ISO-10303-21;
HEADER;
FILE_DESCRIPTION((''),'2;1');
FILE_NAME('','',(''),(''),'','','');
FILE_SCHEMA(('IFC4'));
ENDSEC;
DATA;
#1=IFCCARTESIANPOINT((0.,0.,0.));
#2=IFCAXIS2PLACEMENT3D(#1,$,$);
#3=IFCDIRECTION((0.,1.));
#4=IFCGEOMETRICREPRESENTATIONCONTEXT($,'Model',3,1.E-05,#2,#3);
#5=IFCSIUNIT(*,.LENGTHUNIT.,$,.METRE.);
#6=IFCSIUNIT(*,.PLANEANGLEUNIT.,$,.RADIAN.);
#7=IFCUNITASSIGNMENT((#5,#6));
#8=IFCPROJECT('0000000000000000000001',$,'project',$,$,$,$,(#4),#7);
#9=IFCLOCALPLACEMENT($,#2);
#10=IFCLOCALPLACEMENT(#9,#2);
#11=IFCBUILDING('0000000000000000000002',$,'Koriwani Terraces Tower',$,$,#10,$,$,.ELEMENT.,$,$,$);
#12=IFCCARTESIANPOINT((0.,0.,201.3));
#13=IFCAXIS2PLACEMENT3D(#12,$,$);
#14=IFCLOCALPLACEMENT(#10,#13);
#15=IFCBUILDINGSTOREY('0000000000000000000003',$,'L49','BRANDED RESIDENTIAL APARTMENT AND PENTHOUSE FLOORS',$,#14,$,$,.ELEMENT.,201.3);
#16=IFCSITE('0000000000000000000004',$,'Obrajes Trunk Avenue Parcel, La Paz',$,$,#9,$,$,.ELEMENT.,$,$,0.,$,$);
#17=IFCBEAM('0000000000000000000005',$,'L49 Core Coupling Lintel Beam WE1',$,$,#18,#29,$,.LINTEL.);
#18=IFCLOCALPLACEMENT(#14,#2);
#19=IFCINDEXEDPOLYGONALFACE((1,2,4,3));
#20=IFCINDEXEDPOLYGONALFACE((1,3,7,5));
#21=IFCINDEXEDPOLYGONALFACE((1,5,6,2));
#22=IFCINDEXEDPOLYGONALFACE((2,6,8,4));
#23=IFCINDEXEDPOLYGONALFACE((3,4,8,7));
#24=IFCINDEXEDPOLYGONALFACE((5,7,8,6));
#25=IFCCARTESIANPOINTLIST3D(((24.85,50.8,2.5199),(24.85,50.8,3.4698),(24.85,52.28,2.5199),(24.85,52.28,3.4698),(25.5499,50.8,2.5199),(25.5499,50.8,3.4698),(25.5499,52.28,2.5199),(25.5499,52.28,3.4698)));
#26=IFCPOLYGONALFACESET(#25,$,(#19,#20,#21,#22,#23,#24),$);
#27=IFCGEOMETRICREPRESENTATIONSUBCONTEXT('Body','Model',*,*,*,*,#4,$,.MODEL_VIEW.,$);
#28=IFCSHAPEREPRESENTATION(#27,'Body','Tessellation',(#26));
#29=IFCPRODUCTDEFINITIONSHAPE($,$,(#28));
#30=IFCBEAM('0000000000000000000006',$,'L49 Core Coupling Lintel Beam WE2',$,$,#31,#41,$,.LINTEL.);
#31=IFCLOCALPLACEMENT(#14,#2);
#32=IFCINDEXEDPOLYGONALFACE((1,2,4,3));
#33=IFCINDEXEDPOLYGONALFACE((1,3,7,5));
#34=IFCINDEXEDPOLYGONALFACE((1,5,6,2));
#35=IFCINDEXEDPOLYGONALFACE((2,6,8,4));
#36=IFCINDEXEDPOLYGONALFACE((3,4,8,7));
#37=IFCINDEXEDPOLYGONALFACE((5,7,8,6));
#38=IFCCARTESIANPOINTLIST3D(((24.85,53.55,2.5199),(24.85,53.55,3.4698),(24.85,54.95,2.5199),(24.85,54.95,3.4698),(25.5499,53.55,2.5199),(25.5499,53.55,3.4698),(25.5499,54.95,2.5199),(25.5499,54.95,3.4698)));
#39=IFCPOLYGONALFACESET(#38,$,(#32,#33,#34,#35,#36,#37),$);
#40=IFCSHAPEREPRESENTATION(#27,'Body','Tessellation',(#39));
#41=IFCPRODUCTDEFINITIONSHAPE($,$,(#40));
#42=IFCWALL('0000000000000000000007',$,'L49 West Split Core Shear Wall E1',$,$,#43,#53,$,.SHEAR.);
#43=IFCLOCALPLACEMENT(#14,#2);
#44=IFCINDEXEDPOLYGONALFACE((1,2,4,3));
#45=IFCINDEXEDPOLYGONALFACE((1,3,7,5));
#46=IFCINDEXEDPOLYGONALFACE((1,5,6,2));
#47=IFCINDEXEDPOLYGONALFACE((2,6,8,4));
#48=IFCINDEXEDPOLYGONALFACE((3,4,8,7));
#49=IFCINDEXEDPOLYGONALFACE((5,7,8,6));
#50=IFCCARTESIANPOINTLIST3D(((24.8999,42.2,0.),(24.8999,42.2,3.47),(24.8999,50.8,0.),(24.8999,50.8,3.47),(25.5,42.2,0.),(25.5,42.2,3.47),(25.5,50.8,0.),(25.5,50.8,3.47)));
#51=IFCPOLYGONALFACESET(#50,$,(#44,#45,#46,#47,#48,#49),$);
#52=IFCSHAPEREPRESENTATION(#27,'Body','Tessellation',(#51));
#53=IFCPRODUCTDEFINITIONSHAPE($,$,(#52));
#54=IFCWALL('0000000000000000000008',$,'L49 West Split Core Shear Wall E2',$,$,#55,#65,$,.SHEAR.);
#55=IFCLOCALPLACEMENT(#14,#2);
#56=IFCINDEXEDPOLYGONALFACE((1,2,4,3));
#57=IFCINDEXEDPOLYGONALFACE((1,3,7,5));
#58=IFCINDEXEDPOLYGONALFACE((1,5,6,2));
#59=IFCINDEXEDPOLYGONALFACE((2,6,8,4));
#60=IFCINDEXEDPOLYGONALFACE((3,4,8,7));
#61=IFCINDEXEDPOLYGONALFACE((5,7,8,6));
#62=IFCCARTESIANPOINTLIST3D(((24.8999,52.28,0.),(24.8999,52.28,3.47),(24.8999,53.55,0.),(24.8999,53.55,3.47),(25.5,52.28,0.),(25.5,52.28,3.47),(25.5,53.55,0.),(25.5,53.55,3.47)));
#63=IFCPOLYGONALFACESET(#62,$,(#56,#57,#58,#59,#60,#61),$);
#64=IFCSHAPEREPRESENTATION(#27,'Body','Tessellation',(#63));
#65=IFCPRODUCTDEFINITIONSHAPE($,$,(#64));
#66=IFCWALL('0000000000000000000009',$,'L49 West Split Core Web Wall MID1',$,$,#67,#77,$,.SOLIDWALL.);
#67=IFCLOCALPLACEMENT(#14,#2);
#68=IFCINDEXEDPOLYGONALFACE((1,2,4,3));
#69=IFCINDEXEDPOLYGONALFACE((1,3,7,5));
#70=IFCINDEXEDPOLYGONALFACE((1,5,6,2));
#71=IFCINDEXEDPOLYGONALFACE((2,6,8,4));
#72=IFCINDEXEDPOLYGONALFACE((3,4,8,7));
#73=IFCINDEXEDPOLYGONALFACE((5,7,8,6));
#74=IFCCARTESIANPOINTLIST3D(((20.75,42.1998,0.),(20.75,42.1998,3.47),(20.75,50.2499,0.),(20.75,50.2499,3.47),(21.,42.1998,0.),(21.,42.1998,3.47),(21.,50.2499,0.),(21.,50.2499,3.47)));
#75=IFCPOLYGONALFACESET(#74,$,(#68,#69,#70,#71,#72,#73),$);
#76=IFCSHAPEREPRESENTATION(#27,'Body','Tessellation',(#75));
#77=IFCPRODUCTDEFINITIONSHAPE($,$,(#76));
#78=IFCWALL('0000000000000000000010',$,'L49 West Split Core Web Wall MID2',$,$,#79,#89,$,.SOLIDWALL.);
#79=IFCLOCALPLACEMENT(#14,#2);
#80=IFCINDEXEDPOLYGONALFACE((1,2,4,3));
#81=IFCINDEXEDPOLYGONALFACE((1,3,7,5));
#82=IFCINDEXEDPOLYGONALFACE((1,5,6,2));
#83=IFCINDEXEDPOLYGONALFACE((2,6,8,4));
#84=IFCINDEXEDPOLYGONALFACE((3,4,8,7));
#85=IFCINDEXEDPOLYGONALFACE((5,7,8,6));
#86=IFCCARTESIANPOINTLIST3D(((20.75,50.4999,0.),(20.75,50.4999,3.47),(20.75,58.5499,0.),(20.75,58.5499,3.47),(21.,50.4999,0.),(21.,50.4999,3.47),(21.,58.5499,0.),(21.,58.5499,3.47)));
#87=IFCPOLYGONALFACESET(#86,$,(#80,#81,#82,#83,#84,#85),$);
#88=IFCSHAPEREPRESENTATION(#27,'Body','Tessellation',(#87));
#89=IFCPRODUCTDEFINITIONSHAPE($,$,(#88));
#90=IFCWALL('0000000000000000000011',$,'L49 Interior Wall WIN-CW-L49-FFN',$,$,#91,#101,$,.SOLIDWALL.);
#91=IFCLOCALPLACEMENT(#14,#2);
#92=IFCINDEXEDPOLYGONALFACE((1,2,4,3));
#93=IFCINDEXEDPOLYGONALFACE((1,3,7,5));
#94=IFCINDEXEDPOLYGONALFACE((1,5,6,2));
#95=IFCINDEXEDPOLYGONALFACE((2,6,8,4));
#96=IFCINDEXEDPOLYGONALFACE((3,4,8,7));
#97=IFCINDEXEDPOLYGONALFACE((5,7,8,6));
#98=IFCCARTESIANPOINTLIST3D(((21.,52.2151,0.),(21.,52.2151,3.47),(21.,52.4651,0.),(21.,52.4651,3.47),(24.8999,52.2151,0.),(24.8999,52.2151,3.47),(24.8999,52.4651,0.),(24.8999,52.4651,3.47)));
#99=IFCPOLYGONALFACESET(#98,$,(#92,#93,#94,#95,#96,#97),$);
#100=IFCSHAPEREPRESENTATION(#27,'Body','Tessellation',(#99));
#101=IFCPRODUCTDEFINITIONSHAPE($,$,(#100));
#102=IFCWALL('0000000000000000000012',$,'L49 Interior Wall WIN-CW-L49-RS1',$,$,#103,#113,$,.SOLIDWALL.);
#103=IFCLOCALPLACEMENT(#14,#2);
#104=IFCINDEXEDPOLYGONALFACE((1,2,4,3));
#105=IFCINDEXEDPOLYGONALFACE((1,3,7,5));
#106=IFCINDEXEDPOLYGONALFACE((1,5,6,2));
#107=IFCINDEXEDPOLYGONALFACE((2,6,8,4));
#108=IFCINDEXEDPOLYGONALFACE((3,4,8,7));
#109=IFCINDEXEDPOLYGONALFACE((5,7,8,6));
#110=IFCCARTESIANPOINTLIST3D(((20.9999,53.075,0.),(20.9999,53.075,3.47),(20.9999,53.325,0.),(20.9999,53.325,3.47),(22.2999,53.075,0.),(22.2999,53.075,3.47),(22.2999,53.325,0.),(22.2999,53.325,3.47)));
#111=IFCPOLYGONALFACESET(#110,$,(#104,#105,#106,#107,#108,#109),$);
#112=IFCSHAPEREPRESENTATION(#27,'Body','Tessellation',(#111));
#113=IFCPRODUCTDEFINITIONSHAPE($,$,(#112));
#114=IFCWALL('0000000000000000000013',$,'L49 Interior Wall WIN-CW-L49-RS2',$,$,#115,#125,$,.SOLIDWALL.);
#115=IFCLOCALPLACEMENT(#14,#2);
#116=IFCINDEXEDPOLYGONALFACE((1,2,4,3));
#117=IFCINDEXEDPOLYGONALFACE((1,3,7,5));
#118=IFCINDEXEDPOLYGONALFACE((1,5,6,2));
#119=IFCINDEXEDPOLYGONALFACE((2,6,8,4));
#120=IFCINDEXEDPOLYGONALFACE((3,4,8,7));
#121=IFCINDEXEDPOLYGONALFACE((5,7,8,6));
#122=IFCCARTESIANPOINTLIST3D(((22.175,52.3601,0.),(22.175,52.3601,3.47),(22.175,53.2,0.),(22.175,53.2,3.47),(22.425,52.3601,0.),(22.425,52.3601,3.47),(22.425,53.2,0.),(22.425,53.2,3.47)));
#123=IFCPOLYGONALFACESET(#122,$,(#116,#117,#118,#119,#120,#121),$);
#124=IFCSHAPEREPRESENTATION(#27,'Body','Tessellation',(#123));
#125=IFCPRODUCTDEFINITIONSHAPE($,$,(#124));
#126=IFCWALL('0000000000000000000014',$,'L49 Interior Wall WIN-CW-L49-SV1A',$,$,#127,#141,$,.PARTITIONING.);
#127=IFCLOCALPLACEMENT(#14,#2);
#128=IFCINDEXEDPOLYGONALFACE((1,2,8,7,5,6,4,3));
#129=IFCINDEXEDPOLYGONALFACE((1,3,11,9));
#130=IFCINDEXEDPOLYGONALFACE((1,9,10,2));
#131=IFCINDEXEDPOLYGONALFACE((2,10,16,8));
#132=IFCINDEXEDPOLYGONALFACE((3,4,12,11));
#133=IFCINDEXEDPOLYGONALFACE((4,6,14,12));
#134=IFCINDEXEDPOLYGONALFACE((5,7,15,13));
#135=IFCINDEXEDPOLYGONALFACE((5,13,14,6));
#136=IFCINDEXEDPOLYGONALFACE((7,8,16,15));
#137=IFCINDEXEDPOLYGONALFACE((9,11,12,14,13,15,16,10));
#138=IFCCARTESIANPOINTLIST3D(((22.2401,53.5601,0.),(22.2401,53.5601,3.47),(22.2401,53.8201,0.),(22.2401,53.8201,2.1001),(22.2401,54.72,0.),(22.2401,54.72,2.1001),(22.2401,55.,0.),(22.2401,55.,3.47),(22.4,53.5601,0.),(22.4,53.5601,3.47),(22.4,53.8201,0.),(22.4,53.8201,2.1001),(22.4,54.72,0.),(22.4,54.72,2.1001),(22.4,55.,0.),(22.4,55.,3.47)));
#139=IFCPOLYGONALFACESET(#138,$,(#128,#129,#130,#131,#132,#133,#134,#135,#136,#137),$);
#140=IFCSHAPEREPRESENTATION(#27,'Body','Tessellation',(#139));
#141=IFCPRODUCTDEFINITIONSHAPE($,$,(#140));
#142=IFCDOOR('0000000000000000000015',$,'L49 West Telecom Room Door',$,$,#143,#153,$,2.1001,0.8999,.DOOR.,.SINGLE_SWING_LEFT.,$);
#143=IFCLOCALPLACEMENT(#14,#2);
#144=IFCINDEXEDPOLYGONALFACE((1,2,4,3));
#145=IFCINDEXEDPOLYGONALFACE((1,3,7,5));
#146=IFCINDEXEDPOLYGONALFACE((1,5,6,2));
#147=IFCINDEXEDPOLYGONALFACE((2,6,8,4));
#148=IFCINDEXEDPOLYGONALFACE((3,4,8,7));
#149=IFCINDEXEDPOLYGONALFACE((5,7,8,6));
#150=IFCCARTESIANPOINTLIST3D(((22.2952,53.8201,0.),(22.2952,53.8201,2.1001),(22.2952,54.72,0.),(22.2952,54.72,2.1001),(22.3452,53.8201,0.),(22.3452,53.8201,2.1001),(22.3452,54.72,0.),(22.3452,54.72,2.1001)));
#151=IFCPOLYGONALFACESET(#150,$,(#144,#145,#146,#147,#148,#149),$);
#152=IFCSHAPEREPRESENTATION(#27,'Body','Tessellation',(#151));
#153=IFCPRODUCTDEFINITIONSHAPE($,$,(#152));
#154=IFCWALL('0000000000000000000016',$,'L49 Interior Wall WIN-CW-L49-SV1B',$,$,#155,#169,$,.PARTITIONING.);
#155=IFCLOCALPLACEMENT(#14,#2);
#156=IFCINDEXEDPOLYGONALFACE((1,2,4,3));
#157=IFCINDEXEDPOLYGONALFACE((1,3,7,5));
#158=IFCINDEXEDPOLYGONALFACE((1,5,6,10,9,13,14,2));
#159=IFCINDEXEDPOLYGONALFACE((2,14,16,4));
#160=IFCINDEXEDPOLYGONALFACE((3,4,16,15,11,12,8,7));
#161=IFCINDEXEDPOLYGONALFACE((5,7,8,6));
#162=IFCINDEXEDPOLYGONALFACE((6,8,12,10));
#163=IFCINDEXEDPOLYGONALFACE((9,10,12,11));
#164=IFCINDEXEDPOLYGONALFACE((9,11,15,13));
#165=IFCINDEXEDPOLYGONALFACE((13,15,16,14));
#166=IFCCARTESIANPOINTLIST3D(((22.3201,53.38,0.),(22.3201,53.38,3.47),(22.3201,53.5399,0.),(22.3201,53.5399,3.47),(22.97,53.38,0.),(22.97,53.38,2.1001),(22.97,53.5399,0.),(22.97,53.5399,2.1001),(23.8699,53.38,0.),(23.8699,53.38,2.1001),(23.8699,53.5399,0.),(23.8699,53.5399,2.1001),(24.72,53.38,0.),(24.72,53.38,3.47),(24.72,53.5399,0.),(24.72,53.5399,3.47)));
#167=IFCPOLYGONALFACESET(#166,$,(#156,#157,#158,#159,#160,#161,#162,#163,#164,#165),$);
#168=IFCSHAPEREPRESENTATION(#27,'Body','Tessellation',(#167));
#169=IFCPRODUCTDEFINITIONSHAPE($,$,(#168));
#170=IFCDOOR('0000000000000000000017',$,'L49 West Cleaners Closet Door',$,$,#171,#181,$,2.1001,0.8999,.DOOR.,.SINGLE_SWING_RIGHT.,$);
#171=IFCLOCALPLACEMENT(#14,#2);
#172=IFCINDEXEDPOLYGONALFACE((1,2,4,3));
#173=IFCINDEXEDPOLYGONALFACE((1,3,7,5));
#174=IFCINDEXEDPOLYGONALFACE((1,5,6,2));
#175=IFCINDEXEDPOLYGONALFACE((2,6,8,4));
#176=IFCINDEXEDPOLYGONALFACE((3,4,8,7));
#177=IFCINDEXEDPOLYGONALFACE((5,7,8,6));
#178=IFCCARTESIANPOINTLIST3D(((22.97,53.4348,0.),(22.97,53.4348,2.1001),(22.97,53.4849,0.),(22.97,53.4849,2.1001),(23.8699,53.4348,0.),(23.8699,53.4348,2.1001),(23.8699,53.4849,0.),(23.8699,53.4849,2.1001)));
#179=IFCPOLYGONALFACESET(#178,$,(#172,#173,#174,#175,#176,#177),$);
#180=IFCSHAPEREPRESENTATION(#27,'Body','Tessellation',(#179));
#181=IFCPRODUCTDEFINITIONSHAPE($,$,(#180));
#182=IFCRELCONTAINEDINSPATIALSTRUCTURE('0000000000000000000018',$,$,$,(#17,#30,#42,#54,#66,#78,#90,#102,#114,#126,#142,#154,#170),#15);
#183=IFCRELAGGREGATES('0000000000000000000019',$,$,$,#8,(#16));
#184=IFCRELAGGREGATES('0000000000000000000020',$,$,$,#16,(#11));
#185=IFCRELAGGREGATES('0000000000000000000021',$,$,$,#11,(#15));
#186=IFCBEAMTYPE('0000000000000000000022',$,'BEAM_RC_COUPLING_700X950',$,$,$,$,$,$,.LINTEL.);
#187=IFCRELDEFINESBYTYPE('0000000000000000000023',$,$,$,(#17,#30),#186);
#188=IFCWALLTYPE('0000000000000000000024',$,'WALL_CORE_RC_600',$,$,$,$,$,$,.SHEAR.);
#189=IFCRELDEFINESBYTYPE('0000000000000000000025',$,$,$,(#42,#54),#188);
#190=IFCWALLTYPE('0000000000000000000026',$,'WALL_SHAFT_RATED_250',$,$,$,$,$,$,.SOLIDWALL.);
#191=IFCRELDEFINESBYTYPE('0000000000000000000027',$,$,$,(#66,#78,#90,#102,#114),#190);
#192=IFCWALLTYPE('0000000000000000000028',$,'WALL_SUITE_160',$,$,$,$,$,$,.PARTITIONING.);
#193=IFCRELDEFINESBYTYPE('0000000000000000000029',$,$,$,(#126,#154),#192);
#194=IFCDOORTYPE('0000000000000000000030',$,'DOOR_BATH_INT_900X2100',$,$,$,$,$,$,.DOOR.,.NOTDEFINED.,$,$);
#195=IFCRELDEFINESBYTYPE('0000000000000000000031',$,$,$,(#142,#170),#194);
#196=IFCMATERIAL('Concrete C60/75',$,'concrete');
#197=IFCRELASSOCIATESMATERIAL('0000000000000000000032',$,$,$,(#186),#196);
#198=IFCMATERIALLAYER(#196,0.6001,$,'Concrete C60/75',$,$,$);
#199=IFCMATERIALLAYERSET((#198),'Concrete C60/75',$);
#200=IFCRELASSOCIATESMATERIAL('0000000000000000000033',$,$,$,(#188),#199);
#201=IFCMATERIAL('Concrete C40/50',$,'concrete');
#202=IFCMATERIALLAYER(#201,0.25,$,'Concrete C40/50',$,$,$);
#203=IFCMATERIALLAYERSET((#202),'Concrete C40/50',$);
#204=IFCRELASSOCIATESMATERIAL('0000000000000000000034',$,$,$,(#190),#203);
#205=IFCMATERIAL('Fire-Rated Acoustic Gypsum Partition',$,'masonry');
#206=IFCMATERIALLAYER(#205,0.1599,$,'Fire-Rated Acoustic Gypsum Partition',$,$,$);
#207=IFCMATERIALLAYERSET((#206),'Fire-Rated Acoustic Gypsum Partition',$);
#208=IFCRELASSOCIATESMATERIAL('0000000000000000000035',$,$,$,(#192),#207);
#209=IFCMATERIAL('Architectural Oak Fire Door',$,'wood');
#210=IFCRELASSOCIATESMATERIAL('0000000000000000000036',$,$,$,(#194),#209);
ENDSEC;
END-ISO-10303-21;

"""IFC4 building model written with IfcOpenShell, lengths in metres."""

from ifc_helpers import new_model, si_unit, direction, frame, frame_2d, origin, origin_2d, place, context, subcontext, project, spatial, rectangle, extrude, material, layer, layer_set, material_profile, profile_set, type_object, element, fill, save


model = new_model("IFC4")

# Units and contexts
model_context = context("Model", 3, precision=1e-05, world=origin(), true_north=direction((0.0, 1.0)))
body_context = subcontext(model_context, "Body", "Model", "MODEL_VIEW")
ifc_project = project(units=[si_unit("LENGTHUNIT", "METRE"), si_unit("PLANEANGLEUNIT", "RADIAN")], contexts=[model_context])

# Site, building, storey
site_placement = place(None, origin())
site = spatial("IfcSite", under=ifc_project, at=site_placement, Name="Obrajes Trunk Avenue Parcel, La Paz", CompositionType="ELEMENT", RefElevation=0.0)
building_placement = place(site_placement, origin())
building = spatial("IfcBuilding", under=site, at=building_placement, Name="Koriwani Terraces Tower", CompositionType="ELEMENT")
storey_placement = place(building_placement, frame((0.0, 0.0, 201.3)))
storey = spatial("IfcBuildingStorey", under=building, at=storey_placement, Name="L49", Description="BRANDED RESIDENTIAL APARTMENT AND PENTHOUSE FLOORS", CompositionType="ELEMENT", Elevation=201.3)

# Beams
ifc_material_1 = material(Name="Concrete C60/75", Category="concrete")
ifc_material_profile = material_profile(ifc_material_1, rectangle(XDim=0.7, YDim=0.95, at=origin_2d()), Name="Concrete C60/75", Category="LoadBearing")
ifc_profile_set = profile_set([ifc_material_profile], Name="Concrete C60/75")
beam_type = type_object("IfcBeamType", Name="BEAM_RC_COUPLING_700X950", PredefinedType="LINTEL", material=ifc_profile_set)
beam_1_placement = place(storey_placement, frame((25.2, 50.8, 2.9949), z_axis=(0.0, 1.0, 0.0), x_axis=(-1.0, 0.0, 0.0)))
element("IfcBeam", 1, at=beam_1_placement, inside=storey, type_object=beam_type, Name="L49 Core Coupling Lintel Beam WE1", PredefinedType="LINTEL", context=body_context, shape_type="SweptSolid", body=[
    extrude(rectangle(XDim=0.7, YDim=0.95, at=origin_2d()), origin(), (0.0, 0.0, 1.0), 1.48),
])
beam_2_placement = place(storey_placement, frame((25.2, 53.55, 2.9949), z_axis=(0.0, 1.0, 0.0), x_axis=(-1.0, 0.0, 0.0)))
element("IfcBeam", 2, at=beam_2_placement, inside=storey, type_object=beam_type, Name="L49 Core Coupling Lintel Beam WE2", PredefinedType="LINTEL", context=body_context, shape_type="SweptSolid", body=[
    extrude(rectangle(XDim=0.7, YDim=0.95, at=origin_2d()), origin(), (0.0, 0.0, 1.0), 1.3999),
])

# Walls
ifc_layer_1 = layer(ifc_material_1, 0.6001, Name="Concrete C60/75")
ifc_layer_set_1 = layer_set([ifc_layer_1], Name="Concrete C60/75")
wall_type_1 = type_object("IfcWallType", Name="WALL_CORE_RC_600", PredefinedType="SHEAR", material=ifc_layer_set_1)
wall_1_placement = place(storey_placement, frame((25.2, 42.2, 0.0), z_axis=(0.0, 0.0, 1.0), x_axis=(0.0, 1.0, 0.0)))
element("IfcWall", 3, at=wall_1_placement, inside=storey, type_object=wall_type_1, Name="L49 West Split Core Shear Wall E1", PredefinedType="SHEAR", context=body_context, shape_type="SweptSolid", body=[
    extrude(rectangle(XDim=8.6001, YDim=0.6001, at=frame_2d((4.3, 0.0))), origin(), (0.0, 0.0, 1.0), 3.47),
])
wall_2_placement = place(storey_placement, frame((25.2, 52.28, 0.0), z_axis=(0.0, 0.0, 1.0), x_axis=(0.0, 1.0, 0.0)))
element("IfcWall", 4, at=wall_2_placement, inside=storey, type_object=wall_type_1, Name="L49 West Split Core Shear Wall E2", PredefinedType="SHEAR", context=body_context, shape_type="SweptSolid", body=[
    extrude(rectangle(XDim=1.27, YDim=0.6001, at=frame_2d((0.635, 0.0))), origin(), (0.0, 0.0, 1.0), 3.47),
])
ifc_material_2 = material(Name="Concrete C40/50", Category="concrete")
ifc_layer_2 = layer(ifc_material_2, 0.25, Name="Concrete C40/50")
ifc_layer_set_2 = layer_set([ifc_layer_2], Name="Concrete C40/50")
wall_type_2 = type_object("IfcWallType", Name="WALL_SHAFT_RATED_250", PredefinedType="SOLIDWALL", material=ifc_layer_set_2)
for number, where, z_axis, x_axis, name in (
    (5, (20.875, 42.2, 0.0), (0.0, 0.0, 1.0), (0.0, 1.0, 0.0), "L49 West Split Core Web Wall MID1"),
    (6, (20.875, 50.5, 0.0), (0.0, 0.0, 1.0), (0.0, 1.0, 0.0), "L49 West Split Core Web Wall MID2"),
):
    element("IfcWall", number, at=place(storey_placement, frame(where, z_axis=z_axis, x_axis=x_axis)), inside=storey, type_object=wall_type_2, Name=name, PredefinedType="SOLIDWALL", context=body_context, shape_type="SweptSolid", body=[
        extrude(rectangle(XDim=8.05, YDim=0.25, at=frame_2d((4.0249, 0.0))), origin(), (0.0, 0.0, 1.0), 3.47),
    ])

# Walls
wall_3_placement = place(storey_placement, frame((21.0, 52.3401, 0.0), z_axis=(0.0, 0.0, 1.0), x_axis=(1.0, 0.0, 0.0)))
element("IfcWall", 7, at=wall_3_placement, inside=storey, type_object=wall_type_2, Name="L49 Interior Wall WIN-CW-L49-FFN", PredefinedType="SOLIDWALL", context=body_context, shape_type="SweptSolid", body=[
    extrude(rectangle(XDim=3.8999, YDim=0.25, at=frame_2d((1.95, 0.0))), origin(), (0.0, 0.0, 1.0), 3.47),
])
wall_4_placement = place(storey_placement, frame((21.0, 53.2, 0.0), z_axis=(0.0, 0.0, 1.0), x_axis=(1.0, 0.0, 0.0)))
element("IfcWall", 8, at=wall_4_placement, inside=storey, type_object=wall_type_2, Name="L49 Interior Wall WIN-CW-L49-RS1", PredefinedType="SOLIDWALL", context=body_context, shape_type="SweptSolid", body=[
    extrude(rectangle(XDim=1.3, YDim=0.25, at=frame_2d((0.6499, 0.0))), origin(), (0.0, 0.0, 1.0), 3.47),
])
wall_5_placement = place(storey_placement, frame((22.3, 52.3601, 0.0), z_axis=(0.0, 0.0, 1.0), x_axis=(0.0, 1.0, 0.0)))
element("IfcWall", 9, at=wall_5_placement, inside=storey, type_object=wall_type_2, Name="L49 Interior Wall WIN-CW-L49-RS2", PredefinedType="SOLIDWALL", context=body_context, shape_type="SweptSolid", body=[
    extrude(rectangle(XDim=0.8398, YDim=0.25, at=frame_2d((0.4199, 0.0))), origin(), (0.0, 0.0, 1.0), 3.47),
])

# Walls, openings, doors
ifc_material_3 = material(Name="Fire-Rated Acoustic Gypsum Partition", Category="masonry")
ifc_layer_3 = layer(ifc_material_3, 0.1599, Name="Fire-Rated Acoustic Gypsum Partition")
ifc_layer_set_3 = layer_set([ifc_layer_3], Name="Fire-Rated Acoustic Gypsum Partition")
wall_type_3 = type_object("IfcWallType", Name="WALL_SUITE_160", PredefinedType="PARTITIONING", material=ifc_layer_set_3)
wall_6_placement = place(storey_placement, frame((22.3201, 53.5601, 0.0), z_axis=(0.0, 0.0, 1.0), x_axis=(0.0, 1.0, 0.0)))
wall_6 = element("IfcWall", 10, at=wall_6_placement, inside=storey, type_object=wall_type_3, Name="L49 Interior Wall WIN-CW-L49-SV1A", PredefinedType="PARTITIONING", context=body_context, shape_type="SweptSolid", body=[
    extrude(rectangle(XDim=1.4399, YDim=0.1599, at=frame_2d((0.72, 0.0))), origin(), (0.0, 0.0, 1.0), 3.47),
])
opening_1_placement = place(wall_6_placement, frame((0.26, 0.0, 0.0)))
opening_1 = element("IfcOpeningElement", 11, at=opening_1_placement, cuts=wall_6, PredefinedType="OPENING", context=body_context, shape_type="SweptSolid", body=[
    extrude(rectangle(XDim=0.8999, YDim=2.1001, at=frame_2d((0.45, 1.05))), frame((0.0, 0.0898, 0.0), z_axis=(0.0, -1.0, 0.0), x_axis=(1.0, 0.0, 0.0)), (0.0, 0.0, 1.0), 0.1799),
])
ifc_material_4 = material(Name="Architectural Oak Fire Door", Category="wood")
door_type_1 = type_object("IfcDoorType", Name="DOOR_BATH_INT_900X2100", OperationType="NOTDEFINED", PredefinedType="DOOR", material=ifc_material_4)
door_1_placement = place(opening_1_placement, origin())
door_1 = element("IfcDoor", 12, at=door_1_placement, inside=storey, type_object=door_type_1, Name="L49 West Telecom Room Door", OperationType="SINGLE_SWING_LEFT", OverallHeight=2.1001, OverallWidth=0.8999, PredefinedType="DOOR", context=body_context, shape_type="SweptSolid", body=[
    extrude(rectangle(XDim=0.8999, YDim=2.1001, at=frame_2d((0.45, 1.05))), frame((0.0, 0.0249, 0.0), z_axis=(0.0, -1.0, 0.0), x_axis=(1.0, 0.0, 0.0)), (0.0, 0.0, 1.0), 0.05),
])
fill(opening_1, door_1)
wall_7_placement = place(storey_placement, frame((22.3201, 53.46, 0.0), z_axis=(0.0, 0.0, 1.0), x_axis=(1.0, 0.0, 0.0)))
wall_7 = element("IfcWall", 13, at=wall_7_placement, inside=storey, type_object=wall_type_3, Name="L49 Interior Wall WIN-CW-L49-SV1B", PredefinedType="PARTITIONING", context=body_context, shape_type="SweptSolid", body=[
    extrude(rectangle(XDim=2.3999, YDim=0.1599, at=frame_2d((1.2, 0.0))), origin(), (0.0, 0.0, 1.0), 3.47),
])
opening_2_placement = place(wall_7_placement, frame((0.6499, 0.0, 0.0)))
opening_2 = element("IfcOpeningElement", 14, at=opening_2_placement, cuts=wall_7, PredefinedType="OPENING", context=body_context, shape_type="SweptSolid", body=[
    extrude(rectangle(XDim=0.8999, YDim=2.1001, at=frame_2d((0.45, 1.05))), frame((0.0, 0.0898, 0.0), z_axis=(0.0, -1.0, 0.0), x_axis=(1.0, 0.0, 0.0)), (0.0, 0.0, 1.0), 0.1799),
])
door_2_placement = place(opening_2_placement, origin())
door_2 = element("IfcDoor", 15, at=door_2_placement, inside=storey, type_object=door_type_1, Name="L49 West Cleaners Closet Door", OperationType="SINGLE_SWING_RIGHT", OverallHeight=2.1001, OverallWidth=0.8999, PredefinedType="DOOR", context=body_context, shape_type="SweptSolid", body=[
    extrude(rectangle(XDim=0.8999, YDim=2.1001, at=frame_2d((0.45, 1.05))), frame((0.0, 0.0249, 0.0), z_axis=(0.0, -1.0, 0.0), x_axis=(1.0, 0.0, 0.0)), (0.0, 0.0, 1.0), 0.05),
])
fill(opening_2, door_2)

save(model, "model.ifc")
